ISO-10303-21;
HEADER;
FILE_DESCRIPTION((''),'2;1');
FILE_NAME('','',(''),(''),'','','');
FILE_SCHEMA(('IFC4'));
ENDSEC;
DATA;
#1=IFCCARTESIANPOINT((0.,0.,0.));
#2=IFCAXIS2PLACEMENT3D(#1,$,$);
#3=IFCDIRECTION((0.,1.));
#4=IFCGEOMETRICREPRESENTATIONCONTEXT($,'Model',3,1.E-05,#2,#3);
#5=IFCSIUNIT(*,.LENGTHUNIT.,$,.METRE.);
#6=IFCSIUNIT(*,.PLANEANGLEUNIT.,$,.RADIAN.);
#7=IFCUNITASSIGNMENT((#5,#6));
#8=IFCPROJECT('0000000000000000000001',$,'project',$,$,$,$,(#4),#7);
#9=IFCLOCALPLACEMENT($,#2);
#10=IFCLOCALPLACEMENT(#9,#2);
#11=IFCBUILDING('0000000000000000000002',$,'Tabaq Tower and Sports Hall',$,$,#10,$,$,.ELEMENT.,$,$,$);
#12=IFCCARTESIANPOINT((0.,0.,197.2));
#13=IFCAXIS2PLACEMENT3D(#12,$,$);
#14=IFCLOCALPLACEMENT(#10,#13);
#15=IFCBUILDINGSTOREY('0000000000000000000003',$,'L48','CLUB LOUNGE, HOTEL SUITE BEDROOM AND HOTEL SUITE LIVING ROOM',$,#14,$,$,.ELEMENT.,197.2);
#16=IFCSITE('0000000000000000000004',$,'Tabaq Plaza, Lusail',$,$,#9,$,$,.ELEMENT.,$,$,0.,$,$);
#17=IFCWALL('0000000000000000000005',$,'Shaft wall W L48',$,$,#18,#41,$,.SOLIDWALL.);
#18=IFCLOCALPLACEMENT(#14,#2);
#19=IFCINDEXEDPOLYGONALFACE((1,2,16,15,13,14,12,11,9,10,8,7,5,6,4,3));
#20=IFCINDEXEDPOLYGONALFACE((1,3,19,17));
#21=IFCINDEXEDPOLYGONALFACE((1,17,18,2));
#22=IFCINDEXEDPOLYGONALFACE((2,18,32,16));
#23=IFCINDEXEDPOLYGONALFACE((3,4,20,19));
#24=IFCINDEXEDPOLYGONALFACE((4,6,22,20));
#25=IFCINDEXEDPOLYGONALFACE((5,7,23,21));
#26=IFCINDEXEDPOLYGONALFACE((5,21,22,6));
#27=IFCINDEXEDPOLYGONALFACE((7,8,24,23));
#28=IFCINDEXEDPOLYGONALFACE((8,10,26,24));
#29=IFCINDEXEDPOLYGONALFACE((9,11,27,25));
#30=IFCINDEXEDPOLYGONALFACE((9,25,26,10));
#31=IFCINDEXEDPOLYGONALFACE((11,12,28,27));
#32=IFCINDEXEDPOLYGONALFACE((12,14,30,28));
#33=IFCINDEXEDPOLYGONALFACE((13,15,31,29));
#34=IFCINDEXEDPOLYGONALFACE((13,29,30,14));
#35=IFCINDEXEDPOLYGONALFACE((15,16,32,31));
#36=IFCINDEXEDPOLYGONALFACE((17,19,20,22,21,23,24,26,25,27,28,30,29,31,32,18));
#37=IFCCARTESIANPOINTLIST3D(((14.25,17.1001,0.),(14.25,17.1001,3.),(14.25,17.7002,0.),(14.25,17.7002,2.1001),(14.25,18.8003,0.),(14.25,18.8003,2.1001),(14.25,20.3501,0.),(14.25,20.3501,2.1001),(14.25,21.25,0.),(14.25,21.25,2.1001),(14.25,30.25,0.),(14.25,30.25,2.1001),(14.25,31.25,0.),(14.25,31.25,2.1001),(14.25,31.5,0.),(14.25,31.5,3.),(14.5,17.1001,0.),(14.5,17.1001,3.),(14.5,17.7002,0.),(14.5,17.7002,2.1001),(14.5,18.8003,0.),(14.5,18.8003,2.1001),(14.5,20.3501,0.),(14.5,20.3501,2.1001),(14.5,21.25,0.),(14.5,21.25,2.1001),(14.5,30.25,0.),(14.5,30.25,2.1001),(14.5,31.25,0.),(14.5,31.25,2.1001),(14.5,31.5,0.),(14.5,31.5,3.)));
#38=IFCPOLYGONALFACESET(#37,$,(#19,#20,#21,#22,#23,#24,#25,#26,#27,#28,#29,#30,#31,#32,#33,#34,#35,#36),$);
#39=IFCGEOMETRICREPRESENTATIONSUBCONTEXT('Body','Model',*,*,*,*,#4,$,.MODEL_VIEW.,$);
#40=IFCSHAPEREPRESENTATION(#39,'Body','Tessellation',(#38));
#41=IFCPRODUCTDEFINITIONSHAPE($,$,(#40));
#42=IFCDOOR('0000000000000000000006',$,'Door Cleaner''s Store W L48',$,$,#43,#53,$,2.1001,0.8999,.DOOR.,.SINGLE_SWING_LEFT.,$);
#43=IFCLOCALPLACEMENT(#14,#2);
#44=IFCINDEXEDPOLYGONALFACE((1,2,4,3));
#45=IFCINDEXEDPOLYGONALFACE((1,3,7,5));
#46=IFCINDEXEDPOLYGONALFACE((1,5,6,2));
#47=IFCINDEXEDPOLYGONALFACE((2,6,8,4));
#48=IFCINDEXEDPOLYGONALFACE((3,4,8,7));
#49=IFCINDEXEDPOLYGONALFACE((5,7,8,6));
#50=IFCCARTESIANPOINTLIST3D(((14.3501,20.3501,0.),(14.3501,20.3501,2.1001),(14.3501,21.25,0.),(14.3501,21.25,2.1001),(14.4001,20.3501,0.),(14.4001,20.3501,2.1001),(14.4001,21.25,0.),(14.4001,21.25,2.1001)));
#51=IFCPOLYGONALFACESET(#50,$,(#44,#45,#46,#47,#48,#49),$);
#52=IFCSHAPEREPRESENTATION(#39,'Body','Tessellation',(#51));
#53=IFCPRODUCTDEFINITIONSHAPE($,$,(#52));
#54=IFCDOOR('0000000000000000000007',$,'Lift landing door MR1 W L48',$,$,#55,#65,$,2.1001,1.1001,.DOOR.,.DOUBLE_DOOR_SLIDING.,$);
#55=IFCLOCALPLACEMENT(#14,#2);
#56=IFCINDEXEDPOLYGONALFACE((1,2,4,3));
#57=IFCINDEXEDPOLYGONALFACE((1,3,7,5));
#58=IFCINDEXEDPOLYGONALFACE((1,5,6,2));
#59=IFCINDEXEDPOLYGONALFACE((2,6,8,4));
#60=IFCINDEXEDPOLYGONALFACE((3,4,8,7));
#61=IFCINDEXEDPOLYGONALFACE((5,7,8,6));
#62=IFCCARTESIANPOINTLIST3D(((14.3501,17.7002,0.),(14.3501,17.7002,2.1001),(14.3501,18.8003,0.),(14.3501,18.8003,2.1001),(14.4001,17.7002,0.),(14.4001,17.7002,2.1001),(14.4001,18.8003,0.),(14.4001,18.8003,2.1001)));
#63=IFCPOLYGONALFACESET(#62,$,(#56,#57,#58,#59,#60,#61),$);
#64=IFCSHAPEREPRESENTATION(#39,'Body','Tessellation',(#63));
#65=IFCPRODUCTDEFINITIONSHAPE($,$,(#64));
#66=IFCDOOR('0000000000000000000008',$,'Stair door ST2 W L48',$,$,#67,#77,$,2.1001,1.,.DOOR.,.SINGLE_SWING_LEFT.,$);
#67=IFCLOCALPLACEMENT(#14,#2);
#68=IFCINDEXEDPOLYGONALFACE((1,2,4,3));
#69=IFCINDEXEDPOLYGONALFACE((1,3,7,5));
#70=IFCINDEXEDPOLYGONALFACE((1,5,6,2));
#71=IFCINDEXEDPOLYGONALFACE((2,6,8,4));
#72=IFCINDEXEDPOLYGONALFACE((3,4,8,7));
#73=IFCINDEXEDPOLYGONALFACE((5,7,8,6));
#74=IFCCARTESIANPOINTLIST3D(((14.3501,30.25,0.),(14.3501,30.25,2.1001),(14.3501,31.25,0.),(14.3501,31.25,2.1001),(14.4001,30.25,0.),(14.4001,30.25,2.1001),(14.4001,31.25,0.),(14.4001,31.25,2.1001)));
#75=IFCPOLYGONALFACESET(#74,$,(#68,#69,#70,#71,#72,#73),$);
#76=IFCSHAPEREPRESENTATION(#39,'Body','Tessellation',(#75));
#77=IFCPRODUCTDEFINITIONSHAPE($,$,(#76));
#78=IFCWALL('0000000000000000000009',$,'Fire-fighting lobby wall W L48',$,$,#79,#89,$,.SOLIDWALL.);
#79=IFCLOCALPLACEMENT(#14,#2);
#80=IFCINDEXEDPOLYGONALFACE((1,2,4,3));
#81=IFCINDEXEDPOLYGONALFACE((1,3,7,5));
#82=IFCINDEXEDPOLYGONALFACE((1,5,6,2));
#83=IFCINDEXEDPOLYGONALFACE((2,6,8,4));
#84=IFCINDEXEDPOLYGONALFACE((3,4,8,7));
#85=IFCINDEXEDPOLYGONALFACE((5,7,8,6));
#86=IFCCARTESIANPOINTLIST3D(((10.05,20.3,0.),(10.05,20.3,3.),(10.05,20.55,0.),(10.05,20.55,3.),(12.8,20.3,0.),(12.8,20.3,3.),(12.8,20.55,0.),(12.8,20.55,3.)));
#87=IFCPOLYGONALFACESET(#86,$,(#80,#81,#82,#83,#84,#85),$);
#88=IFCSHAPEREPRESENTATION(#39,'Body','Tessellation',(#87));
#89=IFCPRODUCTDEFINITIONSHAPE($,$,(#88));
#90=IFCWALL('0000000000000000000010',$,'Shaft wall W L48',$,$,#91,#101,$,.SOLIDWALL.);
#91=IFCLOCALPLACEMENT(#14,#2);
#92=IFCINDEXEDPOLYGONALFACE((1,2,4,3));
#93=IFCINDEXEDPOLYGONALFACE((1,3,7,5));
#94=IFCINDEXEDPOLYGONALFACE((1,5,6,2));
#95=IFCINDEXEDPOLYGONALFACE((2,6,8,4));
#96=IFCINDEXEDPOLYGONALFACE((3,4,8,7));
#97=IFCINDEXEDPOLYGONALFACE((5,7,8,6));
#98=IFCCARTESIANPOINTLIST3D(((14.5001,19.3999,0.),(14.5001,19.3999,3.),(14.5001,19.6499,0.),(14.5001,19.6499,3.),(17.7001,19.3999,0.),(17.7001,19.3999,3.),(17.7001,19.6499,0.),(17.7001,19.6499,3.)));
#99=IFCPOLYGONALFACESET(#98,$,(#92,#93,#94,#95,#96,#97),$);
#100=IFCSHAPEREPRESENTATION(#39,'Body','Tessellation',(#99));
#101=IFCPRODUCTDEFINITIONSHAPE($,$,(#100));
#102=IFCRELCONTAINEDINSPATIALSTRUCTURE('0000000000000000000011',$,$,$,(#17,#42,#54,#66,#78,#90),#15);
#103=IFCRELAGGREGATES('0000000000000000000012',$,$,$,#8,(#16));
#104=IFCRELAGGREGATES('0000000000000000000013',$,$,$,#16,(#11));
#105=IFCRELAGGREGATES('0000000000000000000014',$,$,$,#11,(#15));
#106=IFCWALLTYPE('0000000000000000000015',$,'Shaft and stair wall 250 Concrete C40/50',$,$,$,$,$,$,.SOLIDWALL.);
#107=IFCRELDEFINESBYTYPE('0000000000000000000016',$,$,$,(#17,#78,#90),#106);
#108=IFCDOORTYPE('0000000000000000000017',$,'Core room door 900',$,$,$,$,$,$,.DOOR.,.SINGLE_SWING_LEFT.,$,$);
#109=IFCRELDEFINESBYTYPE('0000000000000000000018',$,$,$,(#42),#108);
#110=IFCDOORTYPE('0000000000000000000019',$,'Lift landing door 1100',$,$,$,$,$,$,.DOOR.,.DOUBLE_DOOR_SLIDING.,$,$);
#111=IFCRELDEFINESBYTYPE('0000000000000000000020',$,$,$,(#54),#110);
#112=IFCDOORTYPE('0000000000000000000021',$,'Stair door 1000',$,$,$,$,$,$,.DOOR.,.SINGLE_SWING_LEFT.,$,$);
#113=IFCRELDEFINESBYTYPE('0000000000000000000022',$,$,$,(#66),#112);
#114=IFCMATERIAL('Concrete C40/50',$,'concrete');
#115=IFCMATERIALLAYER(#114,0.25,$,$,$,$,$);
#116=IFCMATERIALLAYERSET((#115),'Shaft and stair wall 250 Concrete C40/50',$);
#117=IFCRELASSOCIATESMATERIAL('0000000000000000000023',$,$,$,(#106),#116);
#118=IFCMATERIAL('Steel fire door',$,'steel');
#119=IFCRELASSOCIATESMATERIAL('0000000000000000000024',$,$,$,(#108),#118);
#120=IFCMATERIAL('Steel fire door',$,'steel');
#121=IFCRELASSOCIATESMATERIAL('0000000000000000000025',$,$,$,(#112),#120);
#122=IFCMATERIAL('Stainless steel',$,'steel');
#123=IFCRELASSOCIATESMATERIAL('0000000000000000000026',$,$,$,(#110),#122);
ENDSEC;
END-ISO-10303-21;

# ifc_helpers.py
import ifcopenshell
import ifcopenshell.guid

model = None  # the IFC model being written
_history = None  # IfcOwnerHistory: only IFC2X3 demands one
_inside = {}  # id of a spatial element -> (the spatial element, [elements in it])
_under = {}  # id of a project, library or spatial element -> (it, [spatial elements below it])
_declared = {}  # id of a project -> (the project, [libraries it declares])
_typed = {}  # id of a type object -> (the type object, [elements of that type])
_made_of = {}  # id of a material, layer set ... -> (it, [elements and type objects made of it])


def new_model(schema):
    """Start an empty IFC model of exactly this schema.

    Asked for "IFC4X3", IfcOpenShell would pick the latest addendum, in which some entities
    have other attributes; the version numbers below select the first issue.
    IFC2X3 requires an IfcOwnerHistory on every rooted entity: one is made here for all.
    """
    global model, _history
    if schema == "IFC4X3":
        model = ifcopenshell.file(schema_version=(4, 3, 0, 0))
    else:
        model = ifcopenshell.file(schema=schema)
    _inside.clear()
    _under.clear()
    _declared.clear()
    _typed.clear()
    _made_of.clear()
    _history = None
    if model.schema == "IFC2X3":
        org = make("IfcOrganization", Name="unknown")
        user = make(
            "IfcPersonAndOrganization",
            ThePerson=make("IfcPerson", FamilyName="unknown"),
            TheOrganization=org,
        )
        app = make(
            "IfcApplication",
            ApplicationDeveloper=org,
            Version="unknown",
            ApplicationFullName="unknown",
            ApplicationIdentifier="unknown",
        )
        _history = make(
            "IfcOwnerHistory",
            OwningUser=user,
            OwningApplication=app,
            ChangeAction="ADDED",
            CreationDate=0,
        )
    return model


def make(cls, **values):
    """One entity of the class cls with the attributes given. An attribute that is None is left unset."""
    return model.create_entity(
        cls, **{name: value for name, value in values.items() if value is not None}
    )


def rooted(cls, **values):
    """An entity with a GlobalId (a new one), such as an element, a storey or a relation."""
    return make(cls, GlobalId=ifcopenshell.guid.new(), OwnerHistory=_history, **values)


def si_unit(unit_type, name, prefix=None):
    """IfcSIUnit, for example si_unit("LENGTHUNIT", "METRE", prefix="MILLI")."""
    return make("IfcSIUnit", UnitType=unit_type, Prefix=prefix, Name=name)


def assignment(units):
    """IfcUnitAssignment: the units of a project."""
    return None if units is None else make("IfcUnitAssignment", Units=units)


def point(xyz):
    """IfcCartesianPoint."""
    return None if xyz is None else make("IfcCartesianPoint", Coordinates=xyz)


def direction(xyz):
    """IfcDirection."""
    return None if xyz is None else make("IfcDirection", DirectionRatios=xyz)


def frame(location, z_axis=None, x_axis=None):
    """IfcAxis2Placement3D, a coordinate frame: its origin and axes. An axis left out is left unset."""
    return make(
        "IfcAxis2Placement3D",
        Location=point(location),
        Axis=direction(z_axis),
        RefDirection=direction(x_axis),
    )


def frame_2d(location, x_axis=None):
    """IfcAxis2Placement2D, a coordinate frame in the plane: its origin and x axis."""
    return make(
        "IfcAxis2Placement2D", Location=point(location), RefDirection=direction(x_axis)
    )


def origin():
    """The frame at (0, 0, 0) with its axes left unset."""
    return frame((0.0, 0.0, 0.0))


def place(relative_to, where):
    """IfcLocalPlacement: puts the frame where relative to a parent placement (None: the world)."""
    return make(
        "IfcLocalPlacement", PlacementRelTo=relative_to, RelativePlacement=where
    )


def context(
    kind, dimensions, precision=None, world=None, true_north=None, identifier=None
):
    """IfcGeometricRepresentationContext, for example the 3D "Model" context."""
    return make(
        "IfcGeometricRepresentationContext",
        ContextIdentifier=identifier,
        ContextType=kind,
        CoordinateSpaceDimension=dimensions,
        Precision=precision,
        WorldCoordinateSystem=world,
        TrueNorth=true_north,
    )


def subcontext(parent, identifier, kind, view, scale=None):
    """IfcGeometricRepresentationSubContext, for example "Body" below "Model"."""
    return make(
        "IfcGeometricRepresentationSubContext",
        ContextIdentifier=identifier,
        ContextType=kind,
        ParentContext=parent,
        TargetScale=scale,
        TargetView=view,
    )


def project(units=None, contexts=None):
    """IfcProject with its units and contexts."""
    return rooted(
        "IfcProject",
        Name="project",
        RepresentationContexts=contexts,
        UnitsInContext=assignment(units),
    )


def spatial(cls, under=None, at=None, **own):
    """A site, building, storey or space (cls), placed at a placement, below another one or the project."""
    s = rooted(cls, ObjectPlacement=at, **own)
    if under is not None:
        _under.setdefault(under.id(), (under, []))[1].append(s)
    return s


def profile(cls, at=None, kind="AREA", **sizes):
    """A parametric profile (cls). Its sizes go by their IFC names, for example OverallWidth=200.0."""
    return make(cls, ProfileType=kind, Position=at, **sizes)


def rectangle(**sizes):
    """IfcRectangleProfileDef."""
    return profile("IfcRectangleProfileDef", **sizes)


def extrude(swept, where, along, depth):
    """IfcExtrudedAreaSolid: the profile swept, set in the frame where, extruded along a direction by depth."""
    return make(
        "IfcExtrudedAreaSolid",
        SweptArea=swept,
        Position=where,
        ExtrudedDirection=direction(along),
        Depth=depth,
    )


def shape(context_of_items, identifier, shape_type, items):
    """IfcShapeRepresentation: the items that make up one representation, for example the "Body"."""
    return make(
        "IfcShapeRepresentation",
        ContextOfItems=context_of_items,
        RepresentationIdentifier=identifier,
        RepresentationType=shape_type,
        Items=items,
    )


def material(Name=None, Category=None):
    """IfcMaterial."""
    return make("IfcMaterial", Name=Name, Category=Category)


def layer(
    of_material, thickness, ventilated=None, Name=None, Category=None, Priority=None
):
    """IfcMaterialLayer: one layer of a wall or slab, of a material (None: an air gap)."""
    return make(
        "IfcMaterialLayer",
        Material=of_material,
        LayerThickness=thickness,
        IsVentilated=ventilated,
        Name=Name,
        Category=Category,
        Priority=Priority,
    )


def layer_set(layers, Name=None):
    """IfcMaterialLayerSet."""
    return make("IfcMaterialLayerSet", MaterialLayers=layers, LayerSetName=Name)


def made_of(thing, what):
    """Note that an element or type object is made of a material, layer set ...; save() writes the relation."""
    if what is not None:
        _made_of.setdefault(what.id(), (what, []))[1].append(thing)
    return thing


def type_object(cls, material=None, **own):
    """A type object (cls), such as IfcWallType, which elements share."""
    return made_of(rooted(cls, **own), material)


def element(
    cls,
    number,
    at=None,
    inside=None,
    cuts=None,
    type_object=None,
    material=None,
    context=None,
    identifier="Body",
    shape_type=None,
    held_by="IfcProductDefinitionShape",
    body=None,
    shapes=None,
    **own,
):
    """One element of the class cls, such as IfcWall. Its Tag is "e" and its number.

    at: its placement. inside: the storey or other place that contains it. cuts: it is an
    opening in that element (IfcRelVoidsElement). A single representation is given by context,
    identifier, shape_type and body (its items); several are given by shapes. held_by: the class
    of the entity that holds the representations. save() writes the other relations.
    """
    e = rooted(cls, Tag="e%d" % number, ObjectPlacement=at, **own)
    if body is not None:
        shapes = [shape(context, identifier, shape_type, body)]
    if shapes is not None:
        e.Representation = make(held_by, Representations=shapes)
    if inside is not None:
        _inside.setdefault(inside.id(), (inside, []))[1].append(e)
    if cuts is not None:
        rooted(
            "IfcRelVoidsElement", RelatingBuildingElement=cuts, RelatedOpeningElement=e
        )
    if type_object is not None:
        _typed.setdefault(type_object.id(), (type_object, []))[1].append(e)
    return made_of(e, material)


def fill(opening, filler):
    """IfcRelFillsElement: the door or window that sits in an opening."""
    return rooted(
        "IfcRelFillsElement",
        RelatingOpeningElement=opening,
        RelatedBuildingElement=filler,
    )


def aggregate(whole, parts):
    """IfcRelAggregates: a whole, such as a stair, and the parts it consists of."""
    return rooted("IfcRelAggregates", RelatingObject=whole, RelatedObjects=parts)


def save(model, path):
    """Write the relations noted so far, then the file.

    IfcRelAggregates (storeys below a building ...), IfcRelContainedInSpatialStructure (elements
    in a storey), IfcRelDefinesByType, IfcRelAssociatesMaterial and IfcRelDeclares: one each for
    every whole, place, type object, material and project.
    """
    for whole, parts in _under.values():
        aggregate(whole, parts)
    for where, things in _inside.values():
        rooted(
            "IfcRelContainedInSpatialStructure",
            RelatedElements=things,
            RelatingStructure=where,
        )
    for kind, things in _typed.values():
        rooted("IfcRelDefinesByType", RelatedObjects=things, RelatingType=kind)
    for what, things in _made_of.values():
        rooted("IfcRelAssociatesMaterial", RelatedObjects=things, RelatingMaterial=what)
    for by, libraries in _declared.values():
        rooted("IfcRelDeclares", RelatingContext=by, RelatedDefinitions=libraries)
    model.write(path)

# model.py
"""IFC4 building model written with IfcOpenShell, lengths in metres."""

from ifc_helpers import new_model, si_unit, direction, frame, frame_2d, origin, place, context, subcontext, project, spatial, rectangle, extrude, material, layer, layer_set, type_object, element, fill, save


model = new_model("IFC4")

# Units and contexts
model_context = context("Model", 3, precision=1e-05, world=origin(), true_north=direction((0.0, 1.0)))
body_context = subcontext(model_context, "Body", "Model", "MODEL_VIEW")
ifc_project = project(units=[si_unit("LENGTHUNIT", "METRE"), si_unit("PLANEANGLEUNIT", "RADIAN")], contexts=[model_context])

# Site, building, storey
site_placement = place(None, origin())
site = spatial("IfcSite", under=ifc_project, at=site_placement, Name="Tabaq Plaza, Lusail", CompositionType="ELEMENT", RefElevation=0.0)
building_placement = place(site_placement, origin())
building = spatial("IfcBuilding", under=site, at=building_placement, Name="Tabaq Tower and Sports Hall", CompositionType="ELEMENT")
storey_placement = place(building_placement, frame((0.0, 0.0, 197.2)))
storey = spatial("IfcBuildingStorey", under=building, at=storey_placement, Name="L48", Description="CLUB LOUNGE, HOTEL SUITE BEDROOM AND HOTEL SUITE LIVING ROOM", CompositionType="ELEMENT", Elevation=197.2)

# Wall, openings, doors
ifc_material_1 = material(Name="Concrete C40/50", Category="concrete")
ifc_layer_1 = layer(ifc_material_1, 0.25)
ifc_layer_set_1 = layer_set([ifc_layer_1], Name="Shaft and stair wall 250 Concrete C40/50")
wall_type_1 = type_object("IfcWallType", Name="Shaft and stair wall 250 Concrete C40/50", PredefinedType="SOLIDWALL", material=ifc_layer_set_1)
ifc_material_2 = material(Name="Steel fire door", Category="steel")
door_type_1 = type_object("IfcDoorType", Name="Core room door 900", OperationType="SINGLE_SWING_LEFT", PredefinedType="DOOR", material=ifc_material_2)
ifc_material_3 = material(Name="Steel fire door", Category="steel")
door_type_2 = type_object("IfcDoorType", Name="Stair door 1000", OperationType="SINGLE_SWING_LEFT", PredefinedType="DOOR", material=ifc_material_3)
wall_1_placement = place(storey_placement, frame((14.375, 17.1001, 0.0), z_axis=(0.0, 0.0, 1.0), x_axis=(0.0, 1.0, 0.0)))
wall_1 = element("IfcWall", 1, at=wall_1_placement, inside=storey, type_object=wall_type_1, Name="Shaft wall W L48", PredefinedType="SOLIDWALL", context=body_context, shape_type="SweptSolid", body=[
    extrude(rectangle(XDim=14.3999, YDim=0.25, at=frame_2d((7.2, 0.0))), origin(), (0.0, 0.0, 1.0), 3.0),
])
opening_1_placement = place(wall_1_placement, frame((13.1499, 0.0, 0.0)))
opening_1 = element("IfcOpeningElement", 2, at=opening_1_placement, cuts=wall_1, PredefinedType="OPENING", context=body_context, shape_type="SweptSolid", body=[
    extrude(rectangle(XDim=1.0, YDim=2.1001, at=frame_2d((0.5, 1.05))), frame((0.0, 0.125, 0.0), z_axis=(0.0, -1.0, 0.0), x_axis=(1.0, 0.0, 0.0)), (0.0, 0.0, 1.0), 0.25),
])
opening_2_placement = place(wall_1_placement, frame((0.6001, 0.0, 0.0)))
opening_2 = element("IfcOpeningElement", 3, at=opening_2_placement, cuts=wall_1, PredefinedType="OPENING", context=body_context, shape_type="SweptSolid", body=[
    extrude(rectangle(XDim=1.1001, YDim=2.1001, at=frame_2d((0.55, 1.05))), frame((0.0, 0.125, 0.0), z_axis=(0.0, -1.0, 0.0), x_axis=(1.0, 0.0, 0.0)), (0.0, 0.0, 1.0), 0.25),
])
opening_3_placement = place(wall_1_placement, frame((3.25, 0.0, 0.0)))
opening_3 = element("IfcOpeningElement", 4, at=opening_3_placement, cuts=wall_1, PredefinedType="OPENING", context=body_context, shape_type="SweptSolid", body=[
    extrude(rectangle(XDim=0.8999, YDim=2.1001, at=frame_2d((0.45, 1.05))), frame((0.0, 0.125, 0.0), z_axis=(0.0, -1.0, 0.0), x_axis=(1.0, 0.0, 0.0)), (0.0, 0.0, 1.0), 0.25),
])
door_1_placement = place(opening_3_placement, origin())
door_1 = element("IfcDoor", 5, at=door_1_placement, inside=storey, type_object=door_type_1, Name="Door Cleaner's Store W L48", OperationType="SINGLE_SWING_LEFT", OverallHeight=2.1001, OverallWidth=0.8999, PredefinedType="DOOR", context=body_context, shape_type="SweptSolid", body=[
    extrude(rectangle(XDim=0.8999, YDim=2.1001, at=frame_2d((0.45, 1.05))), frame((0.0, 0.0249, 0.0), z_axis=(0.0, -1.0, 0.0), x_axis=(1.0, 0.0, 0.0)), (0.0, 0.0, 1.0), 0.05),
])
fill(opening_3, door_1)
ifc_material_4 = material(Name="Stainless steel", Category="steel")
door_type_3 = type_object("IfcDoorType", Name="Lift landing door 1100", OperationType="DOUBLE_DOOR_SLIDING", PredefinedType="DOOR", material=ifc_material_4)
door_2_placement = place(opening_2_placement, origin())
door_2 = element("IfcDoor", 6, at=door_2_placement, inside=storey, type_object=door_type_3, Name="Lift landing door MR1 W L48", OperationType="DOUBLE_DOOR_SLIDING", OverallHeight=2.1001, OverallWidth=1.1001, PredefinedType="DOOR", context=body_context, shape_type="SweptSolid", body=[
    extrude(rectangle(XDim=1.1001, YDim=2.1001, at=frame_2d((0.55, 1.05))), frame((0.0, 0.0249, 0.0), z_axis=(0.0, -1.0, 0.0), x_axis=(1.0, 0.0, 0.0)), (0.0, 0.0, 1.0), 0.05),
])
fill(opening_2, door_2)
door_3_placement = place(opening_1_placement, origin())
door_3 = element("IfcDoor", 7, at=door_3_placement, inside=storey, type_object=door_type_2, Name="Stair door ST2 W L48", OperationType="SINGLE_SWING_LEFT", OverallHeight=2.1001, OverallWidth=1.0, PredefinedType="DOOR", context=body_context, shape_type="SweptSolid", body=[
    extrude(rectangle(XDim=1.0, YDim=2.1001, at=frame_2d((0.5, 1.05))), frame((0.0, 0.0249, 0.0), z_axis=(0.0, -1.0, 0.0), x_axis=(1.0, 0.0, 0.0)), (0.0, 0.0, 1.0), 0.05),
])
fill(opening_1, door_3)

# Walls
wall_2_placement = place(storey_placement, frame((10.05, 20.425, 0.0), z_axis=(0.0, 0.0, 1.0), x_axis=(1.0, 0.0, 0.0)))
element("IfcWall", 8, at=wall_2_placement, inside=storey, type_object=wall_type_1, Name="Fire-fighting lobby wall W L48", PredefinedType="SOLIDWALL", context=body_context, shape_type="SweptSolid", body=[
    extrude(rectangle(XDim=2.75, YDim=0.25, at=frame_2d((1.375, 0.0))), origin(), (0.0, 0.0, 1.0), 3.0),
])
wall_3_placement = place(storey_placement, frame((14.5, 19.5249, 0.0), z_axis=(0.0, 0.0, 1.0), x_axis=(1.0, 0.0, 0.0)))
element("IfcWall", 9, at=wall_3_placement, inside=storey, type_object=wall_type_1, Name="Shaft wall W L48", PredefinedType="SOLIDWALL", context=body_context, shape_type="SweptSolid", body=[
    extrude(rectangle(XDim=3.2, YDim=0.25, at=frame_2d((1.6001, 0.0))), origin(), (0.0, 0.0, 1.0), 3.0),
])

save(model, "model.ifc")
